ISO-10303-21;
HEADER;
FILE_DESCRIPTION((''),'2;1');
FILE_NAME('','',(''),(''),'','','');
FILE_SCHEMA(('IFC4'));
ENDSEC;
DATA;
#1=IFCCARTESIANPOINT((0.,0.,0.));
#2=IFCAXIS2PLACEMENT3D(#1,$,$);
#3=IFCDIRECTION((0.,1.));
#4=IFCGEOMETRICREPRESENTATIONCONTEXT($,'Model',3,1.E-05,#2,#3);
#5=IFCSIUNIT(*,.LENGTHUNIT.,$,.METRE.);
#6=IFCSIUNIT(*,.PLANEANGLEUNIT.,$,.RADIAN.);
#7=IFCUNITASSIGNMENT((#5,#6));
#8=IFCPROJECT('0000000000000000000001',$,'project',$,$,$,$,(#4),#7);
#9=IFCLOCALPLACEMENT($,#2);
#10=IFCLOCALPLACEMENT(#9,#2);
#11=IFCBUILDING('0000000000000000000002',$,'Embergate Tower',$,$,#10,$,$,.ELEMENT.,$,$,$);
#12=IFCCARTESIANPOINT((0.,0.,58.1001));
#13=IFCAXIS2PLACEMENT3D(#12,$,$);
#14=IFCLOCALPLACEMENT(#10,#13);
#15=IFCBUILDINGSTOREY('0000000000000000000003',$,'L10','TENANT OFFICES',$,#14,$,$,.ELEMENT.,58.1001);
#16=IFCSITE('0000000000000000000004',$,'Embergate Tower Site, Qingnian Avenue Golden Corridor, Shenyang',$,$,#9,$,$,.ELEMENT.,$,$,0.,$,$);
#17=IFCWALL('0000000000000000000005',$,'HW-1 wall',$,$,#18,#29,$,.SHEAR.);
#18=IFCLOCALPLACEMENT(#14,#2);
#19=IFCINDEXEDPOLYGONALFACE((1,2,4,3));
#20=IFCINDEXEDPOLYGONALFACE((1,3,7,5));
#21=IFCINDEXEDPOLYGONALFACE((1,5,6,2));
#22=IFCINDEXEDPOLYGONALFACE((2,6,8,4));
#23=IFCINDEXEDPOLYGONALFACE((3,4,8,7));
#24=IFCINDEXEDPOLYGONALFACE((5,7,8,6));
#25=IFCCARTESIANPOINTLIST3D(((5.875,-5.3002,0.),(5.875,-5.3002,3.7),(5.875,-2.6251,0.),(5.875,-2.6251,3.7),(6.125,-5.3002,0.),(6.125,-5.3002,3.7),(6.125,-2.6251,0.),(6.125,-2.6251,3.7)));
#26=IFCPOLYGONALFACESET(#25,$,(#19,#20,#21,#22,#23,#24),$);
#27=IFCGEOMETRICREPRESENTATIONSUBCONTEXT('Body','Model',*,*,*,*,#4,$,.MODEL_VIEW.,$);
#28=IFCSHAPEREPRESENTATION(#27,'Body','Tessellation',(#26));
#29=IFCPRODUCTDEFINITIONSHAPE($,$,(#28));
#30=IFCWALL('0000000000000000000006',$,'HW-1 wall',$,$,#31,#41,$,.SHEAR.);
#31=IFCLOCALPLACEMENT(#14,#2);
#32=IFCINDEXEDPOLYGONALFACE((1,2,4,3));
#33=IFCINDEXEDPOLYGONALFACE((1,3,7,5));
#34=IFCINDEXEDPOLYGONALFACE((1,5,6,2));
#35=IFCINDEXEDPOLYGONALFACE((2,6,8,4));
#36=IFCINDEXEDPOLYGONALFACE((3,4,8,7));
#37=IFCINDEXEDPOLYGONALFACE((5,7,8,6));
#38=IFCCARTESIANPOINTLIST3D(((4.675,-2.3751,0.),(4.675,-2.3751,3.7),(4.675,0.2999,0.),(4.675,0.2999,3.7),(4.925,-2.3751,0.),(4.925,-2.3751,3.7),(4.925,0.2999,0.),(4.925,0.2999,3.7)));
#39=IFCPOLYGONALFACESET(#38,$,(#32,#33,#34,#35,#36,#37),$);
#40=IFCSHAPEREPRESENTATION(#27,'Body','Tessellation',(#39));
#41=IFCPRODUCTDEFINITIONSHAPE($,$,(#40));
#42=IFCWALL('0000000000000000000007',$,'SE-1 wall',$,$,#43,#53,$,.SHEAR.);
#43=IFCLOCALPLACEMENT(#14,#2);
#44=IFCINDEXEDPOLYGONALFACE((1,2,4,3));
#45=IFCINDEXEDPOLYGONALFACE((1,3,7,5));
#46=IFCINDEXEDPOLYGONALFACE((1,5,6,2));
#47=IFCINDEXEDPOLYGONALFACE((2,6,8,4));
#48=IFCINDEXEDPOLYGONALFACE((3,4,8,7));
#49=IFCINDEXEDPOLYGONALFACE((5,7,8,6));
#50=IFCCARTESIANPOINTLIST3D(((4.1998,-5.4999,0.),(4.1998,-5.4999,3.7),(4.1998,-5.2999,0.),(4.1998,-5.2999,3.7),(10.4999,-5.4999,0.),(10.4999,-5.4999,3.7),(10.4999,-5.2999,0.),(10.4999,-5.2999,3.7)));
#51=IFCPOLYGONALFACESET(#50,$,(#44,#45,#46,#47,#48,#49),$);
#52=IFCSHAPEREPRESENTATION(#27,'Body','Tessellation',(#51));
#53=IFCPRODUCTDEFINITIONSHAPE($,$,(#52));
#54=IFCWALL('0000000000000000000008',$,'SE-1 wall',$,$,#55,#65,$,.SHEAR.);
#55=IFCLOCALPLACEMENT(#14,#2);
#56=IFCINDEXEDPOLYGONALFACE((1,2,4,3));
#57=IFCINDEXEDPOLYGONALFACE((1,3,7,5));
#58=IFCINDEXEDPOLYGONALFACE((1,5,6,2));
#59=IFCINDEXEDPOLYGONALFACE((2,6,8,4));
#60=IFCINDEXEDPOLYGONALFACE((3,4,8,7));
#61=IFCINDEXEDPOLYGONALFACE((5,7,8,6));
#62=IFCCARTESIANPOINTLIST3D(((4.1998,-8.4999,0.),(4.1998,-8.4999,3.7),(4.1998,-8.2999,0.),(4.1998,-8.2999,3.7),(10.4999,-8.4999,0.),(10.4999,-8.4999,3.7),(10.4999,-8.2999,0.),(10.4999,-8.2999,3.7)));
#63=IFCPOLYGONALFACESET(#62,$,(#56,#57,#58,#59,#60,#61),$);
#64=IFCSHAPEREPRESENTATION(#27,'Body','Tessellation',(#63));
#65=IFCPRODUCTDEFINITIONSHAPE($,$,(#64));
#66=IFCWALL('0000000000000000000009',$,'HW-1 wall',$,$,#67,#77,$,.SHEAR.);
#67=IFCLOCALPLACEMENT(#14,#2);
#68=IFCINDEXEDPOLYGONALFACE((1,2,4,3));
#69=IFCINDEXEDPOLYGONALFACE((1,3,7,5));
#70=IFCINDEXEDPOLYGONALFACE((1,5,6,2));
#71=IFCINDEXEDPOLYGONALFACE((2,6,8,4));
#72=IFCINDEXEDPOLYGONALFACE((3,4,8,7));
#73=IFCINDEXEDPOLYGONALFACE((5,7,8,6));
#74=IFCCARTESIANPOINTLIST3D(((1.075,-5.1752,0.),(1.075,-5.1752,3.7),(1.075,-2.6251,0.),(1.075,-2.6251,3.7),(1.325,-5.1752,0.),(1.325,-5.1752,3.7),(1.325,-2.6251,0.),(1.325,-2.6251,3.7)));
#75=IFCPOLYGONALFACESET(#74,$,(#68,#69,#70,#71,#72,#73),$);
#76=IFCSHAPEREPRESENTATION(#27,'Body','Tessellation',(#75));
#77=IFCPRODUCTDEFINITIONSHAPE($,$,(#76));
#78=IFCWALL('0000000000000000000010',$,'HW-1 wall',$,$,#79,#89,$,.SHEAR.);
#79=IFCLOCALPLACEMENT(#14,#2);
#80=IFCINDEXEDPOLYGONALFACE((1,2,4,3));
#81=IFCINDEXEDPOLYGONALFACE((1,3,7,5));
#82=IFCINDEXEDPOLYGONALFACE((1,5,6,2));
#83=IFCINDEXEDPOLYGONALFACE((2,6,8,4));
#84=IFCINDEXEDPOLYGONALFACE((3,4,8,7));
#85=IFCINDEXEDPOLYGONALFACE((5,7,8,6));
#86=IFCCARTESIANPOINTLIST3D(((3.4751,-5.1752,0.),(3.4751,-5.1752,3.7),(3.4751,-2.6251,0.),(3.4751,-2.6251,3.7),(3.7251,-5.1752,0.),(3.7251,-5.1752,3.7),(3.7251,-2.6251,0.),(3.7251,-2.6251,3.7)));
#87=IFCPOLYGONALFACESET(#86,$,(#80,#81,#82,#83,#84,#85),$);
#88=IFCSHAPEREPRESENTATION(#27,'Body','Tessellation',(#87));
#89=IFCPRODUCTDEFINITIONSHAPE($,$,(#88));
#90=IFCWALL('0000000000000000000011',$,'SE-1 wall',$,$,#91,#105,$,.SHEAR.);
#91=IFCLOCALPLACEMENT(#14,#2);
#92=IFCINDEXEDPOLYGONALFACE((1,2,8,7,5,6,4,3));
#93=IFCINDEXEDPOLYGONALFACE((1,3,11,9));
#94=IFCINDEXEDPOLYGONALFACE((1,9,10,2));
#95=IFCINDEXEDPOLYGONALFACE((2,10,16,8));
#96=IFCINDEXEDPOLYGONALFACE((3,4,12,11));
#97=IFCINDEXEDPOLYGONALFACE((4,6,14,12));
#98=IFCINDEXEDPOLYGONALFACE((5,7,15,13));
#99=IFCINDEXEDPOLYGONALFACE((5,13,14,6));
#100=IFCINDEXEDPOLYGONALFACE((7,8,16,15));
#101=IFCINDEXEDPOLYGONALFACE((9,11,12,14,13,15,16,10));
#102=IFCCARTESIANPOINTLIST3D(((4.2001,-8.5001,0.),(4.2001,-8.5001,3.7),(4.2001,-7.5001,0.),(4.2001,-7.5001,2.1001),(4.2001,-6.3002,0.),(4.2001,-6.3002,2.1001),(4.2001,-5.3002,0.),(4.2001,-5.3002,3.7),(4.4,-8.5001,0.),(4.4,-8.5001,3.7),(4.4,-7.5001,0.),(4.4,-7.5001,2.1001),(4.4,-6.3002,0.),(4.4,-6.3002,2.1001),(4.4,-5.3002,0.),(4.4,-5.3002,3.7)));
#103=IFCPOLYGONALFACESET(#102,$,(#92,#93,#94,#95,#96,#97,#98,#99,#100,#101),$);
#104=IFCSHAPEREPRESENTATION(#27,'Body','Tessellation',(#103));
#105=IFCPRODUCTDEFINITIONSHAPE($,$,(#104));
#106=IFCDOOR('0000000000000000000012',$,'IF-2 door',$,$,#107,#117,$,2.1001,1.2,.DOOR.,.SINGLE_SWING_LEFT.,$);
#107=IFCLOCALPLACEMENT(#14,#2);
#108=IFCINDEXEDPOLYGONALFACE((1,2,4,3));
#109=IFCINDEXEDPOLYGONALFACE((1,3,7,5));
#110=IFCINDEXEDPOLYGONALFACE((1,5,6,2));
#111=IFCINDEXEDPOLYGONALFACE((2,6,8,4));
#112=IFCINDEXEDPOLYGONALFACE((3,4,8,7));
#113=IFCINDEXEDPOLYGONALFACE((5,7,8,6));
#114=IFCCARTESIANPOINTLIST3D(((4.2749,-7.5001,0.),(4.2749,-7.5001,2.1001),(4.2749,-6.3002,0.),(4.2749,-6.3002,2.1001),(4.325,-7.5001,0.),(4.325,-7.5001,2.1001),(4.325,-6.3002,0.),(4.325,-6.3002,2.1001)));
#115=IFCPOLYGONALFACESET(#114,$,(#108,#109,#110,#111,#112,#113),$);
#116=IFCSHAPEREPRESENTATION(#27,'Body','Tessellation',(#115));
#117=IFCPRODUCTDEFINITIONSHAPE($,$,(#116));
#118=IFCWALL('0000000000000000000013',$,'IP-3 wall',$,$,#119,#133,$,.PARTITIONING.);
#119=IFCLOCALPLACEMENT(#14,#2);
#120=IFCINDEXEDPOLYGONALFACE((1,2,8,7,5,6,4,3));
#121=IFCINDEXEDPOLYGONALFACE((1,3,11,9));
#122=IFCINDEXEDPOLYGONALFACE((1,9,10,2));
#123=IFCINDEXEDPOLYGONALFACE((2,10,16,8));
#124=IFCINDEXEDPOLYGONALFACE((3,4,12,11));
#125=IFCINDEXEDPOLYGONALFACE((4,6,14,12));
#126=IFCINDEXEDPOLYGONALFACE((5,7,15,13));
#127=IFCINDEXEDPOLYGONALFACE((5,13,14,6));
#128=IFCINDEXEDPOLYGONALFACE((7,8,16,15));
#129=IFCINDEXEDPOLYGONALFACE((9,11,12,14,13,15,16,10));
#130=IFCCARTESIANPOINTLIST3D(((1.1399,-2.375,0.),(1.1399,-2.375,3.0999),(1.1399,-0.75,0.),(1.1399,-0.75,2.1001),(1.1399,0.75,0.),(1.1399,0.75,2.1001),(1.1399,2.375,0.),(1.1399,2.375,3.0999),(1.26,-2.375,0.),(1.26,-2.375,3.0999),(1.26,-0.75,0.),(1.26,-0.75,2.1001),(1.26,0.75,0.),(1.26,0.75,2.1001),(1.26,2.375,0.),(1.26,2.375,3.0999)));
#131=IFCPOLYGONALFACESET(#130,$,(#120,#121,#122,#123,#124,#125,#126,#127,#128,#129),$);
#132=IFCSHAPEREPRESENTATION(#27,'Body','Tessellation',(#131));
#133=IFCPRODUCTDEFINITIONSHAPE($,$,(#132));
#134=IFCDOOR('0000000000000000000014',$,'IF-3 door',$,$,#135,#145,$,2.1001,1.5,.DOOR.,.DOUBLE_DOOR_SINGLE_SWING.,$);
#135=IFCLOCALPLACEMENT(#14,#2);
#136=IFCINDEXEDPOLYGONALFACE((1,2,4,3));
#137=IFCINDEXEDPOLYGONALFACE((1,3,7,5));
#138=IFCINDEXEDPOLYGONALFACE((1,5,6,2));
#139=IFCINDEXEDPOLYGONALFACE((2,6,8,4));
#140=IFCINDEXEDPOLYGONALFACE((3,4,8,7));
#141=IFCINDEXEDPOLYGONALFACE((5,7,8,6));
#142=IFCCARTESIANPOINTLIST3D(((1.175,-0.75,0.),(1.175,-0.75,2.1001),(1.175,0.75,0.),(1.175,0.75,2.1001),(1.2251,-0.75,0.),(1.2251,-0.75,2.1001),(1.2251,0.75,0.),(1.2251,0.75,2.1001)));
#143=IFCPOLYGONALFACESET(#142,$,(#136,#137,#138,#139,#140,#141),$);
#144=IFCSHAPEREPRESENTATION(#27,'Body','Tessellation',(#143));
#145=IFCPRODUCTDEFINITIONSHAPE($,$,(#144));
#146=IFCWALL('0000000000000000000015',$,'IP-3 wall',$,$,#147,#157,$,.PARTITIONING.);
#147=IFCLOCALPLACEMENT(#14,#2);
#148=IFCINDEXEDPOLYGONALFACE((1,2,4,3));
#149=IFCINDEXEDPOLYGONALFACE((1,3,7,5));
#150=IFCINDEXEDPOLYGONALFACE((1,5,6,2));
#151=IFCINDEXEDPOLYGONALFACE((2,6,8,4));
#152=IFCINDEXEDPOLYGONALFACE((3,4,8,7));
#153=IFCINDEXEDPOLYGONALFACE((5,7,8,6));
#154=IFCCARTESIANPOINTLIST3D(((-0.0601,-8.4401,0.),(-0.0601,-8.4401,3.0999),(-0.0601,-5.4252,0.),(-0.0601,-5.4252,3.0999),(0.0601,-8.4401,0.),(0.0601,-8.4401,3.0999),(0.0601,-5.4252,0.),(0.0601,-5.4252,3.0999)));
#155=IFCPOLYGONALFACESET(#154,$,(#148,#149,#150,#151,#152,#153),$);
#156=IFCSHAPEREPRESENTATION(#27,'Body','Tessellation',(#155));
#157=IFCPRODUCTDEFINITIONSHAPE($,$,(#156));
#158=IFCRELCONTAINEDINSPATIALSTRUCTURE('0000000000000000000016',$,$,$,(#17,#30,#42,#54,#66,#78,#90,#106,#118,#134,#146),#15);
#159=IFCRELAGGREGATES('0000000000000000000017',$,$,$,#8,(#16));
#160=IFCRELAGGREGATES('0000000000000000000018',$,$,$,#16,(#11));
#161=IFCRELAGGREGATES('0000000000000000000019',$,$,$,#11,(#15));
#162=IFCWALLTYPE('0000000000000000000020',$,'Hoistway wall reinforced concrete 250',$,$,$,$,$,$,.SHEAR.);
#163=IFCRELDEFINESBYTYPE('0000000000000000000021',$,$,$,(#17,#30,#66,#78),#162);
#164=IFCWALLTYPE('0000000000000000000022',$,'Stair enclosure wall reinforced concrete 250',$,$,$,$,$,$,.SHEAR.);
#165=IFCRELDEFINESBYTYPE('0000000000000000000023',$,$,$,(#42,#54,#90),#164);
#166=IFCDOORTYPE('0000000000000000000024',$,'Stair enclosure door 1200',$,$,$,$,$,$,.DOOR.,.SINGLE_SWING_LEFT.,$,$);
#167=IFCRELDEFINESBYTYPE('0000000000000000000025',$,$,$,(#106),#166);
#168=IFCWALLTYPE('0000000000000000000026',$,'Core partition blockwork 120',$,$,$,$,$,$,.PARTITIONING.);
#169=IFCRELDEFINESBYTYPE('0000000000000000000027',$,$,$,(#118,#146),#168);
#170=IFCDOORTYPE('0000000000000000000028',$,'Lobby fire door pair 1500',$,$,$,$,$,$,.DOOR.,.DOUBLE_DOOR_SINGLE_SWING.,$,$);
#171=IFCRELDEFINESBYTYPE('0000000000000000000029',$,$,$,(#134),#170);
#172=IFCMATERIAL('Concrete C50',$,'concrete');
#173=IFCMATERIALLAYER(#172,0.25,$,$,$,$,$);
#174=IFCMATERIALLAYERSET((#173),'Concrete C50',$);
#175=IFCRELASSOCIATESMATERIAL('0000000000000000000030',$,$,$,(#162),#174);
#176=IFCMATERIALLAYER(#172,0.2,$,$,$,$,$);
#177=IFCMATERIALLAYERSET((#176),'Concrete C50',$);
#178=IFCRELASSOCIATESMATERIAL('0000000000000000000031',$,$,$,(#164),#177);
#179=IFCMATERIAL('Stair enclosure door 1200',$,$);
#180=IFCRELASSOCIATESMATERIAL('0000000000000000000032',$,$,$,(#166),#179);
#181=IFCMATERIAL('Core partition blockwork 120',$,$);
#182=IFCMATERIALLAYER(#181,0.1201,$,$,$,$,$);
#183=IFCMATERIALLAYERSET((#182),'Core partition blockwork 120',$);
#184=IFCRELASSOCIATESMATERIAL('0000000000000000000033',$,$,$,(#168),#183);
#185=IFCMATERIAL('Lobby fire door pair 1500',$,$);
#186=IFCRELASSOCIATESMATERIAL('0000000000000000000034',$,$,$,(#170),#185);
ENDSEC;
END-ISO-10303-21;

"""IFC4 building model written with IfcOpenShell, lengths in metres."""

from ifc_helpers import new_model, si_unit, direction, frame, frame_2d, origin, place, context, subcontext, project, spatial, rectangle, extrude, source, transform, mapped, material, layer, layer_set, type_object, element, fill, save


model = new_model("IFC4")

# Units and contexts
model_context = context("Model", 3, precision=1e-05, world=origin(), true_north=direction((0.0, 1.0)))
body_context = subcontext(model_context, "Body", "Model", "MODEL_VIEW")
ifc_project = project(units=[si_unit("LENGTHUNIT", "METRE"), si_unit("PLANEANGLEUNIT", "RADIAN")], contexts=[model_context])

# Site, building, storey
site_placement = place(None, origin())
site = spatial("IfcSite", under=ifc_project, at=site_placement, Name="Embergate Tower Site, Qingnian Avenue Golden Corridor, Shenyang", CompositionType="ELEMENT", RefElevation=0.0)
building_placement = place(site_placement, origin())
building = spatial("IfcBuilding", under=site, at=building_placement, Name="Embergate Tower", CompositionType="ELEMENT")
storey_placement = place(building_placement, frame((0.0, 0.0, 58.1001)))
storey = spatial("IfcBuildingStorey", under=building, at=storey_placement, Name="L10", Description="TENANT OFFICES", CompositionType="ELEMENT", Elevation=58.1001)

# Walls
ifc_material_1 = material(Name="Concrete C50", Category="concrete")
ifc_layer_1 = layer(ifc_material_1, 0.25)
ifc_layer_set_1 = layer_set([ifc_layer_1], Name="Concrete C50")
wall_type_1 = type_object("IfcWallType", Name="Hoistway wall reinforced concrete 250", PredefinedType="SHEAR", material=ifc_layer_set_1)
shared_shape_1 = source(origin(), body_context, "Body", "SweptSolid", [
    extrude(rectangle(XDim=2.675, YDim=0.25, at=frame_2d((1.3374, 0.0))), origin(), (0.0, 0.0, 1.0), 3.7),
])
for number, where, z_axis, x_axis, name in (
    (1, (6.0, -5.3, 0.0), (0.0, 0.0, 1.0), (0.0, 1.0, 0.0), "HW-1 wall"),
    (2, (4.8, -2.375, 0.0), (0.0, 0.0, 1.0), (0.0, 1.0, 0.0), "HW-1 wall"),
):
    element("IfcWall", number, at=place(storey_placement, frame(where, z_axis=z_axis, x_axis=x_axis)), inside=storey, type_object=wall_type_1, Name=name, PredefinedType="SHEAR", context=body_context, shape_type="MappedRepresentation", body=[
        mapped(shared_shape_1, transform((0.0, 0.0, 0.0))),
    ])
ifc_layer_2 = layer(ifc_material_1, 0.2)
ifc_layer_set_2 = layer_set([ifc_layer_2], Name="Concrete C50")
wall_type_2 = type_object("IfcWallType", Name="Stair enclosure wall reinforced concrete 250", PredefinedType="SHEAR", material=ifc_layer_set_2)
shared_shape_2 = source(origin(), body_context, "Body", "SweptSolid", [
    extrude(rectangle(XDim=6.3, YDim=0.2, at=frame_2d((3.1499, 0.0))), origin(), (0.0, 0.0, 1.0), 3.7),
])
for number, where, z_axis, x_axis, name in (
    (3, (4.2, -5.3999, 0.0), (0.0, 0.0, 1.0), (1.0, 0.0, 0.0), "SE-1 wall"),
    (4, (4.2, -8.3999, 0.0), (0.0, 0.0, 1.0), (1.0, 0.0, 0.0), "SE-1 wall"),
):
    element("IfcWall", number, at=place(storey_placement, frame(where, z_axis=z_axis, x_axis=x_axis)), inside=storey, type_object=wall_type_2, Name=name, PredefinedType="SHEAR", context=body_context, shape_type="MappedRepresentation", body=[
        mapped(shared_shape_2, transform((0.0, 0.0, 0.0))),
    ])
shared_shape_3 = source(origin(), body_context, "Body", "SweptSolid", [
    extrude(rectangle(XDim=2.55, YDim=0.25, at=frame_2d((1.2749, 0.0))), origin(), (0.0, 0.0, 1.0), 3.7),
])
for number, where, z_axis, x_axis, name in (
    (5, (1.2, -5.175, 0.0), (0.0, 0.0, 1.0), (0.0, 1.0, 0.0), "HW-1 wall"),
    (6, (3.6001, -5.175, 0.0), (0.0, 0.0, 1.0), (0.0, 1.0, 0.0), "HW-1 wall"),
):
    element("IfcWall", number, at=place(storey_placement, frame(where, z_axis=z_axis, x_axis=x_axis)), inside=storey, type_object=wall_type_1, Name=name, PredefinedType="SHEAR", context=body_context, shape_type="MappedRepresentation", body=[
        mapped(shared_shape_3, transform((0.0, 0.0, 0.0))),
    ])

# Walls, openings, doors
shared_shape_4 = source(origin(), body_context, "Body", "SweptSolid", [
    extrude(rectangle(XDim=3.2, YDim=0.2, at=frame_2d((1.6001, 0.0))), origin(), (0.0, 0.0, 1.0), 3.7),
])
wall_1_placement = place(storey_placement, frame((4.3, -5.3, 0.0), z_axis=(0.0, 0.0, 1.0), x_axis=(0.0, -1.0, 0.0)))
wall_1 = element("IfcWall", 7, at=wall_1_placement, inside=storey, type_object=wall_type_2, Name="SE-1 wall", PredefinedType="SHEAR", context=body_context, shape_type="MappedRepresentation", body=[
    mapped(shared_shape_4, transform((0.0, 0.0, 0.0))),
])
shared_shape_5 = source(origin(), body_context, "Body", "SweptSolid", [
    extrude(rectangle(XDim=1.2, YDim=2.1001, at=frame_2d((0.6001, 1.05))), frame((0.0, 0.1099, 0.0), z_axis=(0.0, -1.0, 0.0), x_axis=(1.0, 0.0, 0.0)), (0.0, 0.0, 1.0), 0.22),
])
opening_1_placement = place(wall_1_placement, frame((1.0, 0.0, 0.0)))
opening_1 = element("IfcOpeningElement", 8, at=opening_1_placement, cuts=wall_1, PredefinedType="OPENING", context=body_context, shape_type="MappedRepresentation", body=[
    mapped(shared_shape_5, transform((0.0, 0.0, 0.0))),
])
ifc_material_2 = material(Name="Stair enclosure door 1200")
door_type_1 = type_object("IfcDoorType", Name="Stair enclosure door 1200", OperationType="SINGLE_SWING_LEFT", PredefinedType="DOOR", material=ifc_material_2)
shared_shape_6 = source(origin(), body_context, "Body", "SweptSolid", [
    extrude(rectangle(XDim=1.2, YDim=2.1001, at=frame_2d((0.6001, 1.05))), frame((0.0, 0.0249, 0.0), z_axis=(0.0, -1.0, 0.0), x_axis=(1.0, 0.0, 0.0)), (0.0, 0.0, 1.0), 0.05),
])
door_1_placement = place(opening_1_placement, origin())
door_1 = element("IfcDoor", 9, at=door_1_placement, inside=storey, type_object=door_type_1, Name="IF-2 door", OperationType="SINGLE_SWING_LEFT", OverallHeight=2.1001, OverallWidth=1.2, PredefinedType="DOOR", context=body_context, shape_type="MappedRepresentation", body=[
    mapped(shared_shape_6, transform((0.0, 0.0, 0.0))),
])
fill(opening_1, door_1)
ifc_material_3 = material(Name="Core partition blockwork 120")
ifc_layer_3 = layer(ifc_material_3, 0.1201)
ifc_layer_set_3 = layer_set([ifc_layer_3], Name="Core partition blockwork 120")
wall_type_3 = type_object("IfcWallType", Name="Core partition blockwork 120", PredefinedType="PARTITIONING", material=ifc_layer_set_3)
shared_shape_7 = source(origin(), body_context, "Body", "SweptSolid", [
    extrude(rectangle(XDim=4.75, YDim=0.1201, at=frame_2d((2.375, 0.0))), origin(), (0.0, 0.0, 1.0), 3.0999),
])
wall_2_placement = place(storey_placement, frame((1.2, -2.375, 0.0), z_axis=(0.0, 0.0, 1.0), x_axis=(0.0, 1.0, 0.0)))
wall_2 = element("IfcWall", 10, at=wall_2_placement, inside=storey, type_object=wall_type_3, Name="IP-3 wall", PredefinedType="PARTITIONING", context=body_context, shape_type="MappedRepresentation", body=[
    mapped(shared_shape_7, transform((0.0, 0.0, 0.0))),
])
shared_shape_8 = source(origin(), body_context, "Body", "SweptSolid", [
    extrude(rectangle(XDim=1.5, YDim=2.1001, at=frame_2d((0.75, 1.05))), frame((0.0, 0.0701, 0.0), z_axis=(0.0, -1.0, 0.0), x_axis=(1.0, 0.0, 0.0)), (0.0, 0.0, 1.0), 0.1401),
])
opening_2_placement = place(wall_2_placement, frame((1.625, 0.0, 0.0)))
opening_2 = element("IfcOpeningElement", 11, at=opening_2_placement, cuts=wall_2, PredefinedType="OPENING", context=body_context, shape_type="MappedRepresentation", body=[
    mapped(shared_shape_8, transform((0.0, 0.0, 0.0))),
])
ifc_material_4 = material(Name="Lobby fire door pair 1500")
door_type_2 = type_object("IfcDoorType", Name="Lobby fire door pair 1500", OperationType="DOUBLE_DOOR_SINGLE_SWING", PredefinedType="DOOR", material=ifc_material_4)
shared_shape_9 = source(origin(), body_context, "Body", "SweptSolid", [
    extrude(rectangle(XDim=1.5, YDim=2.1001, at=frame_2d((0.75, 1.05))), frame((0.0, 0.0249, 0.0), z_axis=(0.0, -1.0, 0.0), x_axis=(1.0, 0.0, 0.0)), (0.0, 0.0, 1.0), 0.05),
])
door_2_placement = place(opening_2_placement, origin())
door_2 = element("IfcDoor", 12, at=door_2_placement, inside=storey, type_object=door_type_2, Name="IF-3 door", OperationType="DOUBLE_DOOR_SINGLE_SWING", OverallHeight=2.1001, OverallWidth=1.5, PredefinedType="DOOR", context=body_context, shape_type="MappedRepresentation", body=[
    mapped(shared_shape_9, transform((0.0, 0.0, 0.0))),
])
fill(opening_2, door_2)

# Wall
shared_shape_10 = source(origin(), body_context, "Body", "SweptSolid", [
    extrude(rectangle(XDim=3.0149, YDim=0.1201, at=frame_2d((1.5073, 0.0))), origin(), (0.0, 0.0, 1.0), 3.0999),
])
wall_3_placement = place(storey_placement, frame((0.0, -8.4399, 0.0), z_axis=(0.0, 0.0, 1.0), x_axis=(0.0, 1.0, 0.0)))
element("IfcWall", 13, at=wall_3_placement, inside=storey, type_object=wall_type_3, Name="IP-3 wall", PredefinedType="PARTITIONING", context=body_context, shape_type="MappedRepresentation", body=[
    mapped(shared_shape_10, transform((0.0, 0.0, 0.0))),
])

save(model, "model.ifc")
